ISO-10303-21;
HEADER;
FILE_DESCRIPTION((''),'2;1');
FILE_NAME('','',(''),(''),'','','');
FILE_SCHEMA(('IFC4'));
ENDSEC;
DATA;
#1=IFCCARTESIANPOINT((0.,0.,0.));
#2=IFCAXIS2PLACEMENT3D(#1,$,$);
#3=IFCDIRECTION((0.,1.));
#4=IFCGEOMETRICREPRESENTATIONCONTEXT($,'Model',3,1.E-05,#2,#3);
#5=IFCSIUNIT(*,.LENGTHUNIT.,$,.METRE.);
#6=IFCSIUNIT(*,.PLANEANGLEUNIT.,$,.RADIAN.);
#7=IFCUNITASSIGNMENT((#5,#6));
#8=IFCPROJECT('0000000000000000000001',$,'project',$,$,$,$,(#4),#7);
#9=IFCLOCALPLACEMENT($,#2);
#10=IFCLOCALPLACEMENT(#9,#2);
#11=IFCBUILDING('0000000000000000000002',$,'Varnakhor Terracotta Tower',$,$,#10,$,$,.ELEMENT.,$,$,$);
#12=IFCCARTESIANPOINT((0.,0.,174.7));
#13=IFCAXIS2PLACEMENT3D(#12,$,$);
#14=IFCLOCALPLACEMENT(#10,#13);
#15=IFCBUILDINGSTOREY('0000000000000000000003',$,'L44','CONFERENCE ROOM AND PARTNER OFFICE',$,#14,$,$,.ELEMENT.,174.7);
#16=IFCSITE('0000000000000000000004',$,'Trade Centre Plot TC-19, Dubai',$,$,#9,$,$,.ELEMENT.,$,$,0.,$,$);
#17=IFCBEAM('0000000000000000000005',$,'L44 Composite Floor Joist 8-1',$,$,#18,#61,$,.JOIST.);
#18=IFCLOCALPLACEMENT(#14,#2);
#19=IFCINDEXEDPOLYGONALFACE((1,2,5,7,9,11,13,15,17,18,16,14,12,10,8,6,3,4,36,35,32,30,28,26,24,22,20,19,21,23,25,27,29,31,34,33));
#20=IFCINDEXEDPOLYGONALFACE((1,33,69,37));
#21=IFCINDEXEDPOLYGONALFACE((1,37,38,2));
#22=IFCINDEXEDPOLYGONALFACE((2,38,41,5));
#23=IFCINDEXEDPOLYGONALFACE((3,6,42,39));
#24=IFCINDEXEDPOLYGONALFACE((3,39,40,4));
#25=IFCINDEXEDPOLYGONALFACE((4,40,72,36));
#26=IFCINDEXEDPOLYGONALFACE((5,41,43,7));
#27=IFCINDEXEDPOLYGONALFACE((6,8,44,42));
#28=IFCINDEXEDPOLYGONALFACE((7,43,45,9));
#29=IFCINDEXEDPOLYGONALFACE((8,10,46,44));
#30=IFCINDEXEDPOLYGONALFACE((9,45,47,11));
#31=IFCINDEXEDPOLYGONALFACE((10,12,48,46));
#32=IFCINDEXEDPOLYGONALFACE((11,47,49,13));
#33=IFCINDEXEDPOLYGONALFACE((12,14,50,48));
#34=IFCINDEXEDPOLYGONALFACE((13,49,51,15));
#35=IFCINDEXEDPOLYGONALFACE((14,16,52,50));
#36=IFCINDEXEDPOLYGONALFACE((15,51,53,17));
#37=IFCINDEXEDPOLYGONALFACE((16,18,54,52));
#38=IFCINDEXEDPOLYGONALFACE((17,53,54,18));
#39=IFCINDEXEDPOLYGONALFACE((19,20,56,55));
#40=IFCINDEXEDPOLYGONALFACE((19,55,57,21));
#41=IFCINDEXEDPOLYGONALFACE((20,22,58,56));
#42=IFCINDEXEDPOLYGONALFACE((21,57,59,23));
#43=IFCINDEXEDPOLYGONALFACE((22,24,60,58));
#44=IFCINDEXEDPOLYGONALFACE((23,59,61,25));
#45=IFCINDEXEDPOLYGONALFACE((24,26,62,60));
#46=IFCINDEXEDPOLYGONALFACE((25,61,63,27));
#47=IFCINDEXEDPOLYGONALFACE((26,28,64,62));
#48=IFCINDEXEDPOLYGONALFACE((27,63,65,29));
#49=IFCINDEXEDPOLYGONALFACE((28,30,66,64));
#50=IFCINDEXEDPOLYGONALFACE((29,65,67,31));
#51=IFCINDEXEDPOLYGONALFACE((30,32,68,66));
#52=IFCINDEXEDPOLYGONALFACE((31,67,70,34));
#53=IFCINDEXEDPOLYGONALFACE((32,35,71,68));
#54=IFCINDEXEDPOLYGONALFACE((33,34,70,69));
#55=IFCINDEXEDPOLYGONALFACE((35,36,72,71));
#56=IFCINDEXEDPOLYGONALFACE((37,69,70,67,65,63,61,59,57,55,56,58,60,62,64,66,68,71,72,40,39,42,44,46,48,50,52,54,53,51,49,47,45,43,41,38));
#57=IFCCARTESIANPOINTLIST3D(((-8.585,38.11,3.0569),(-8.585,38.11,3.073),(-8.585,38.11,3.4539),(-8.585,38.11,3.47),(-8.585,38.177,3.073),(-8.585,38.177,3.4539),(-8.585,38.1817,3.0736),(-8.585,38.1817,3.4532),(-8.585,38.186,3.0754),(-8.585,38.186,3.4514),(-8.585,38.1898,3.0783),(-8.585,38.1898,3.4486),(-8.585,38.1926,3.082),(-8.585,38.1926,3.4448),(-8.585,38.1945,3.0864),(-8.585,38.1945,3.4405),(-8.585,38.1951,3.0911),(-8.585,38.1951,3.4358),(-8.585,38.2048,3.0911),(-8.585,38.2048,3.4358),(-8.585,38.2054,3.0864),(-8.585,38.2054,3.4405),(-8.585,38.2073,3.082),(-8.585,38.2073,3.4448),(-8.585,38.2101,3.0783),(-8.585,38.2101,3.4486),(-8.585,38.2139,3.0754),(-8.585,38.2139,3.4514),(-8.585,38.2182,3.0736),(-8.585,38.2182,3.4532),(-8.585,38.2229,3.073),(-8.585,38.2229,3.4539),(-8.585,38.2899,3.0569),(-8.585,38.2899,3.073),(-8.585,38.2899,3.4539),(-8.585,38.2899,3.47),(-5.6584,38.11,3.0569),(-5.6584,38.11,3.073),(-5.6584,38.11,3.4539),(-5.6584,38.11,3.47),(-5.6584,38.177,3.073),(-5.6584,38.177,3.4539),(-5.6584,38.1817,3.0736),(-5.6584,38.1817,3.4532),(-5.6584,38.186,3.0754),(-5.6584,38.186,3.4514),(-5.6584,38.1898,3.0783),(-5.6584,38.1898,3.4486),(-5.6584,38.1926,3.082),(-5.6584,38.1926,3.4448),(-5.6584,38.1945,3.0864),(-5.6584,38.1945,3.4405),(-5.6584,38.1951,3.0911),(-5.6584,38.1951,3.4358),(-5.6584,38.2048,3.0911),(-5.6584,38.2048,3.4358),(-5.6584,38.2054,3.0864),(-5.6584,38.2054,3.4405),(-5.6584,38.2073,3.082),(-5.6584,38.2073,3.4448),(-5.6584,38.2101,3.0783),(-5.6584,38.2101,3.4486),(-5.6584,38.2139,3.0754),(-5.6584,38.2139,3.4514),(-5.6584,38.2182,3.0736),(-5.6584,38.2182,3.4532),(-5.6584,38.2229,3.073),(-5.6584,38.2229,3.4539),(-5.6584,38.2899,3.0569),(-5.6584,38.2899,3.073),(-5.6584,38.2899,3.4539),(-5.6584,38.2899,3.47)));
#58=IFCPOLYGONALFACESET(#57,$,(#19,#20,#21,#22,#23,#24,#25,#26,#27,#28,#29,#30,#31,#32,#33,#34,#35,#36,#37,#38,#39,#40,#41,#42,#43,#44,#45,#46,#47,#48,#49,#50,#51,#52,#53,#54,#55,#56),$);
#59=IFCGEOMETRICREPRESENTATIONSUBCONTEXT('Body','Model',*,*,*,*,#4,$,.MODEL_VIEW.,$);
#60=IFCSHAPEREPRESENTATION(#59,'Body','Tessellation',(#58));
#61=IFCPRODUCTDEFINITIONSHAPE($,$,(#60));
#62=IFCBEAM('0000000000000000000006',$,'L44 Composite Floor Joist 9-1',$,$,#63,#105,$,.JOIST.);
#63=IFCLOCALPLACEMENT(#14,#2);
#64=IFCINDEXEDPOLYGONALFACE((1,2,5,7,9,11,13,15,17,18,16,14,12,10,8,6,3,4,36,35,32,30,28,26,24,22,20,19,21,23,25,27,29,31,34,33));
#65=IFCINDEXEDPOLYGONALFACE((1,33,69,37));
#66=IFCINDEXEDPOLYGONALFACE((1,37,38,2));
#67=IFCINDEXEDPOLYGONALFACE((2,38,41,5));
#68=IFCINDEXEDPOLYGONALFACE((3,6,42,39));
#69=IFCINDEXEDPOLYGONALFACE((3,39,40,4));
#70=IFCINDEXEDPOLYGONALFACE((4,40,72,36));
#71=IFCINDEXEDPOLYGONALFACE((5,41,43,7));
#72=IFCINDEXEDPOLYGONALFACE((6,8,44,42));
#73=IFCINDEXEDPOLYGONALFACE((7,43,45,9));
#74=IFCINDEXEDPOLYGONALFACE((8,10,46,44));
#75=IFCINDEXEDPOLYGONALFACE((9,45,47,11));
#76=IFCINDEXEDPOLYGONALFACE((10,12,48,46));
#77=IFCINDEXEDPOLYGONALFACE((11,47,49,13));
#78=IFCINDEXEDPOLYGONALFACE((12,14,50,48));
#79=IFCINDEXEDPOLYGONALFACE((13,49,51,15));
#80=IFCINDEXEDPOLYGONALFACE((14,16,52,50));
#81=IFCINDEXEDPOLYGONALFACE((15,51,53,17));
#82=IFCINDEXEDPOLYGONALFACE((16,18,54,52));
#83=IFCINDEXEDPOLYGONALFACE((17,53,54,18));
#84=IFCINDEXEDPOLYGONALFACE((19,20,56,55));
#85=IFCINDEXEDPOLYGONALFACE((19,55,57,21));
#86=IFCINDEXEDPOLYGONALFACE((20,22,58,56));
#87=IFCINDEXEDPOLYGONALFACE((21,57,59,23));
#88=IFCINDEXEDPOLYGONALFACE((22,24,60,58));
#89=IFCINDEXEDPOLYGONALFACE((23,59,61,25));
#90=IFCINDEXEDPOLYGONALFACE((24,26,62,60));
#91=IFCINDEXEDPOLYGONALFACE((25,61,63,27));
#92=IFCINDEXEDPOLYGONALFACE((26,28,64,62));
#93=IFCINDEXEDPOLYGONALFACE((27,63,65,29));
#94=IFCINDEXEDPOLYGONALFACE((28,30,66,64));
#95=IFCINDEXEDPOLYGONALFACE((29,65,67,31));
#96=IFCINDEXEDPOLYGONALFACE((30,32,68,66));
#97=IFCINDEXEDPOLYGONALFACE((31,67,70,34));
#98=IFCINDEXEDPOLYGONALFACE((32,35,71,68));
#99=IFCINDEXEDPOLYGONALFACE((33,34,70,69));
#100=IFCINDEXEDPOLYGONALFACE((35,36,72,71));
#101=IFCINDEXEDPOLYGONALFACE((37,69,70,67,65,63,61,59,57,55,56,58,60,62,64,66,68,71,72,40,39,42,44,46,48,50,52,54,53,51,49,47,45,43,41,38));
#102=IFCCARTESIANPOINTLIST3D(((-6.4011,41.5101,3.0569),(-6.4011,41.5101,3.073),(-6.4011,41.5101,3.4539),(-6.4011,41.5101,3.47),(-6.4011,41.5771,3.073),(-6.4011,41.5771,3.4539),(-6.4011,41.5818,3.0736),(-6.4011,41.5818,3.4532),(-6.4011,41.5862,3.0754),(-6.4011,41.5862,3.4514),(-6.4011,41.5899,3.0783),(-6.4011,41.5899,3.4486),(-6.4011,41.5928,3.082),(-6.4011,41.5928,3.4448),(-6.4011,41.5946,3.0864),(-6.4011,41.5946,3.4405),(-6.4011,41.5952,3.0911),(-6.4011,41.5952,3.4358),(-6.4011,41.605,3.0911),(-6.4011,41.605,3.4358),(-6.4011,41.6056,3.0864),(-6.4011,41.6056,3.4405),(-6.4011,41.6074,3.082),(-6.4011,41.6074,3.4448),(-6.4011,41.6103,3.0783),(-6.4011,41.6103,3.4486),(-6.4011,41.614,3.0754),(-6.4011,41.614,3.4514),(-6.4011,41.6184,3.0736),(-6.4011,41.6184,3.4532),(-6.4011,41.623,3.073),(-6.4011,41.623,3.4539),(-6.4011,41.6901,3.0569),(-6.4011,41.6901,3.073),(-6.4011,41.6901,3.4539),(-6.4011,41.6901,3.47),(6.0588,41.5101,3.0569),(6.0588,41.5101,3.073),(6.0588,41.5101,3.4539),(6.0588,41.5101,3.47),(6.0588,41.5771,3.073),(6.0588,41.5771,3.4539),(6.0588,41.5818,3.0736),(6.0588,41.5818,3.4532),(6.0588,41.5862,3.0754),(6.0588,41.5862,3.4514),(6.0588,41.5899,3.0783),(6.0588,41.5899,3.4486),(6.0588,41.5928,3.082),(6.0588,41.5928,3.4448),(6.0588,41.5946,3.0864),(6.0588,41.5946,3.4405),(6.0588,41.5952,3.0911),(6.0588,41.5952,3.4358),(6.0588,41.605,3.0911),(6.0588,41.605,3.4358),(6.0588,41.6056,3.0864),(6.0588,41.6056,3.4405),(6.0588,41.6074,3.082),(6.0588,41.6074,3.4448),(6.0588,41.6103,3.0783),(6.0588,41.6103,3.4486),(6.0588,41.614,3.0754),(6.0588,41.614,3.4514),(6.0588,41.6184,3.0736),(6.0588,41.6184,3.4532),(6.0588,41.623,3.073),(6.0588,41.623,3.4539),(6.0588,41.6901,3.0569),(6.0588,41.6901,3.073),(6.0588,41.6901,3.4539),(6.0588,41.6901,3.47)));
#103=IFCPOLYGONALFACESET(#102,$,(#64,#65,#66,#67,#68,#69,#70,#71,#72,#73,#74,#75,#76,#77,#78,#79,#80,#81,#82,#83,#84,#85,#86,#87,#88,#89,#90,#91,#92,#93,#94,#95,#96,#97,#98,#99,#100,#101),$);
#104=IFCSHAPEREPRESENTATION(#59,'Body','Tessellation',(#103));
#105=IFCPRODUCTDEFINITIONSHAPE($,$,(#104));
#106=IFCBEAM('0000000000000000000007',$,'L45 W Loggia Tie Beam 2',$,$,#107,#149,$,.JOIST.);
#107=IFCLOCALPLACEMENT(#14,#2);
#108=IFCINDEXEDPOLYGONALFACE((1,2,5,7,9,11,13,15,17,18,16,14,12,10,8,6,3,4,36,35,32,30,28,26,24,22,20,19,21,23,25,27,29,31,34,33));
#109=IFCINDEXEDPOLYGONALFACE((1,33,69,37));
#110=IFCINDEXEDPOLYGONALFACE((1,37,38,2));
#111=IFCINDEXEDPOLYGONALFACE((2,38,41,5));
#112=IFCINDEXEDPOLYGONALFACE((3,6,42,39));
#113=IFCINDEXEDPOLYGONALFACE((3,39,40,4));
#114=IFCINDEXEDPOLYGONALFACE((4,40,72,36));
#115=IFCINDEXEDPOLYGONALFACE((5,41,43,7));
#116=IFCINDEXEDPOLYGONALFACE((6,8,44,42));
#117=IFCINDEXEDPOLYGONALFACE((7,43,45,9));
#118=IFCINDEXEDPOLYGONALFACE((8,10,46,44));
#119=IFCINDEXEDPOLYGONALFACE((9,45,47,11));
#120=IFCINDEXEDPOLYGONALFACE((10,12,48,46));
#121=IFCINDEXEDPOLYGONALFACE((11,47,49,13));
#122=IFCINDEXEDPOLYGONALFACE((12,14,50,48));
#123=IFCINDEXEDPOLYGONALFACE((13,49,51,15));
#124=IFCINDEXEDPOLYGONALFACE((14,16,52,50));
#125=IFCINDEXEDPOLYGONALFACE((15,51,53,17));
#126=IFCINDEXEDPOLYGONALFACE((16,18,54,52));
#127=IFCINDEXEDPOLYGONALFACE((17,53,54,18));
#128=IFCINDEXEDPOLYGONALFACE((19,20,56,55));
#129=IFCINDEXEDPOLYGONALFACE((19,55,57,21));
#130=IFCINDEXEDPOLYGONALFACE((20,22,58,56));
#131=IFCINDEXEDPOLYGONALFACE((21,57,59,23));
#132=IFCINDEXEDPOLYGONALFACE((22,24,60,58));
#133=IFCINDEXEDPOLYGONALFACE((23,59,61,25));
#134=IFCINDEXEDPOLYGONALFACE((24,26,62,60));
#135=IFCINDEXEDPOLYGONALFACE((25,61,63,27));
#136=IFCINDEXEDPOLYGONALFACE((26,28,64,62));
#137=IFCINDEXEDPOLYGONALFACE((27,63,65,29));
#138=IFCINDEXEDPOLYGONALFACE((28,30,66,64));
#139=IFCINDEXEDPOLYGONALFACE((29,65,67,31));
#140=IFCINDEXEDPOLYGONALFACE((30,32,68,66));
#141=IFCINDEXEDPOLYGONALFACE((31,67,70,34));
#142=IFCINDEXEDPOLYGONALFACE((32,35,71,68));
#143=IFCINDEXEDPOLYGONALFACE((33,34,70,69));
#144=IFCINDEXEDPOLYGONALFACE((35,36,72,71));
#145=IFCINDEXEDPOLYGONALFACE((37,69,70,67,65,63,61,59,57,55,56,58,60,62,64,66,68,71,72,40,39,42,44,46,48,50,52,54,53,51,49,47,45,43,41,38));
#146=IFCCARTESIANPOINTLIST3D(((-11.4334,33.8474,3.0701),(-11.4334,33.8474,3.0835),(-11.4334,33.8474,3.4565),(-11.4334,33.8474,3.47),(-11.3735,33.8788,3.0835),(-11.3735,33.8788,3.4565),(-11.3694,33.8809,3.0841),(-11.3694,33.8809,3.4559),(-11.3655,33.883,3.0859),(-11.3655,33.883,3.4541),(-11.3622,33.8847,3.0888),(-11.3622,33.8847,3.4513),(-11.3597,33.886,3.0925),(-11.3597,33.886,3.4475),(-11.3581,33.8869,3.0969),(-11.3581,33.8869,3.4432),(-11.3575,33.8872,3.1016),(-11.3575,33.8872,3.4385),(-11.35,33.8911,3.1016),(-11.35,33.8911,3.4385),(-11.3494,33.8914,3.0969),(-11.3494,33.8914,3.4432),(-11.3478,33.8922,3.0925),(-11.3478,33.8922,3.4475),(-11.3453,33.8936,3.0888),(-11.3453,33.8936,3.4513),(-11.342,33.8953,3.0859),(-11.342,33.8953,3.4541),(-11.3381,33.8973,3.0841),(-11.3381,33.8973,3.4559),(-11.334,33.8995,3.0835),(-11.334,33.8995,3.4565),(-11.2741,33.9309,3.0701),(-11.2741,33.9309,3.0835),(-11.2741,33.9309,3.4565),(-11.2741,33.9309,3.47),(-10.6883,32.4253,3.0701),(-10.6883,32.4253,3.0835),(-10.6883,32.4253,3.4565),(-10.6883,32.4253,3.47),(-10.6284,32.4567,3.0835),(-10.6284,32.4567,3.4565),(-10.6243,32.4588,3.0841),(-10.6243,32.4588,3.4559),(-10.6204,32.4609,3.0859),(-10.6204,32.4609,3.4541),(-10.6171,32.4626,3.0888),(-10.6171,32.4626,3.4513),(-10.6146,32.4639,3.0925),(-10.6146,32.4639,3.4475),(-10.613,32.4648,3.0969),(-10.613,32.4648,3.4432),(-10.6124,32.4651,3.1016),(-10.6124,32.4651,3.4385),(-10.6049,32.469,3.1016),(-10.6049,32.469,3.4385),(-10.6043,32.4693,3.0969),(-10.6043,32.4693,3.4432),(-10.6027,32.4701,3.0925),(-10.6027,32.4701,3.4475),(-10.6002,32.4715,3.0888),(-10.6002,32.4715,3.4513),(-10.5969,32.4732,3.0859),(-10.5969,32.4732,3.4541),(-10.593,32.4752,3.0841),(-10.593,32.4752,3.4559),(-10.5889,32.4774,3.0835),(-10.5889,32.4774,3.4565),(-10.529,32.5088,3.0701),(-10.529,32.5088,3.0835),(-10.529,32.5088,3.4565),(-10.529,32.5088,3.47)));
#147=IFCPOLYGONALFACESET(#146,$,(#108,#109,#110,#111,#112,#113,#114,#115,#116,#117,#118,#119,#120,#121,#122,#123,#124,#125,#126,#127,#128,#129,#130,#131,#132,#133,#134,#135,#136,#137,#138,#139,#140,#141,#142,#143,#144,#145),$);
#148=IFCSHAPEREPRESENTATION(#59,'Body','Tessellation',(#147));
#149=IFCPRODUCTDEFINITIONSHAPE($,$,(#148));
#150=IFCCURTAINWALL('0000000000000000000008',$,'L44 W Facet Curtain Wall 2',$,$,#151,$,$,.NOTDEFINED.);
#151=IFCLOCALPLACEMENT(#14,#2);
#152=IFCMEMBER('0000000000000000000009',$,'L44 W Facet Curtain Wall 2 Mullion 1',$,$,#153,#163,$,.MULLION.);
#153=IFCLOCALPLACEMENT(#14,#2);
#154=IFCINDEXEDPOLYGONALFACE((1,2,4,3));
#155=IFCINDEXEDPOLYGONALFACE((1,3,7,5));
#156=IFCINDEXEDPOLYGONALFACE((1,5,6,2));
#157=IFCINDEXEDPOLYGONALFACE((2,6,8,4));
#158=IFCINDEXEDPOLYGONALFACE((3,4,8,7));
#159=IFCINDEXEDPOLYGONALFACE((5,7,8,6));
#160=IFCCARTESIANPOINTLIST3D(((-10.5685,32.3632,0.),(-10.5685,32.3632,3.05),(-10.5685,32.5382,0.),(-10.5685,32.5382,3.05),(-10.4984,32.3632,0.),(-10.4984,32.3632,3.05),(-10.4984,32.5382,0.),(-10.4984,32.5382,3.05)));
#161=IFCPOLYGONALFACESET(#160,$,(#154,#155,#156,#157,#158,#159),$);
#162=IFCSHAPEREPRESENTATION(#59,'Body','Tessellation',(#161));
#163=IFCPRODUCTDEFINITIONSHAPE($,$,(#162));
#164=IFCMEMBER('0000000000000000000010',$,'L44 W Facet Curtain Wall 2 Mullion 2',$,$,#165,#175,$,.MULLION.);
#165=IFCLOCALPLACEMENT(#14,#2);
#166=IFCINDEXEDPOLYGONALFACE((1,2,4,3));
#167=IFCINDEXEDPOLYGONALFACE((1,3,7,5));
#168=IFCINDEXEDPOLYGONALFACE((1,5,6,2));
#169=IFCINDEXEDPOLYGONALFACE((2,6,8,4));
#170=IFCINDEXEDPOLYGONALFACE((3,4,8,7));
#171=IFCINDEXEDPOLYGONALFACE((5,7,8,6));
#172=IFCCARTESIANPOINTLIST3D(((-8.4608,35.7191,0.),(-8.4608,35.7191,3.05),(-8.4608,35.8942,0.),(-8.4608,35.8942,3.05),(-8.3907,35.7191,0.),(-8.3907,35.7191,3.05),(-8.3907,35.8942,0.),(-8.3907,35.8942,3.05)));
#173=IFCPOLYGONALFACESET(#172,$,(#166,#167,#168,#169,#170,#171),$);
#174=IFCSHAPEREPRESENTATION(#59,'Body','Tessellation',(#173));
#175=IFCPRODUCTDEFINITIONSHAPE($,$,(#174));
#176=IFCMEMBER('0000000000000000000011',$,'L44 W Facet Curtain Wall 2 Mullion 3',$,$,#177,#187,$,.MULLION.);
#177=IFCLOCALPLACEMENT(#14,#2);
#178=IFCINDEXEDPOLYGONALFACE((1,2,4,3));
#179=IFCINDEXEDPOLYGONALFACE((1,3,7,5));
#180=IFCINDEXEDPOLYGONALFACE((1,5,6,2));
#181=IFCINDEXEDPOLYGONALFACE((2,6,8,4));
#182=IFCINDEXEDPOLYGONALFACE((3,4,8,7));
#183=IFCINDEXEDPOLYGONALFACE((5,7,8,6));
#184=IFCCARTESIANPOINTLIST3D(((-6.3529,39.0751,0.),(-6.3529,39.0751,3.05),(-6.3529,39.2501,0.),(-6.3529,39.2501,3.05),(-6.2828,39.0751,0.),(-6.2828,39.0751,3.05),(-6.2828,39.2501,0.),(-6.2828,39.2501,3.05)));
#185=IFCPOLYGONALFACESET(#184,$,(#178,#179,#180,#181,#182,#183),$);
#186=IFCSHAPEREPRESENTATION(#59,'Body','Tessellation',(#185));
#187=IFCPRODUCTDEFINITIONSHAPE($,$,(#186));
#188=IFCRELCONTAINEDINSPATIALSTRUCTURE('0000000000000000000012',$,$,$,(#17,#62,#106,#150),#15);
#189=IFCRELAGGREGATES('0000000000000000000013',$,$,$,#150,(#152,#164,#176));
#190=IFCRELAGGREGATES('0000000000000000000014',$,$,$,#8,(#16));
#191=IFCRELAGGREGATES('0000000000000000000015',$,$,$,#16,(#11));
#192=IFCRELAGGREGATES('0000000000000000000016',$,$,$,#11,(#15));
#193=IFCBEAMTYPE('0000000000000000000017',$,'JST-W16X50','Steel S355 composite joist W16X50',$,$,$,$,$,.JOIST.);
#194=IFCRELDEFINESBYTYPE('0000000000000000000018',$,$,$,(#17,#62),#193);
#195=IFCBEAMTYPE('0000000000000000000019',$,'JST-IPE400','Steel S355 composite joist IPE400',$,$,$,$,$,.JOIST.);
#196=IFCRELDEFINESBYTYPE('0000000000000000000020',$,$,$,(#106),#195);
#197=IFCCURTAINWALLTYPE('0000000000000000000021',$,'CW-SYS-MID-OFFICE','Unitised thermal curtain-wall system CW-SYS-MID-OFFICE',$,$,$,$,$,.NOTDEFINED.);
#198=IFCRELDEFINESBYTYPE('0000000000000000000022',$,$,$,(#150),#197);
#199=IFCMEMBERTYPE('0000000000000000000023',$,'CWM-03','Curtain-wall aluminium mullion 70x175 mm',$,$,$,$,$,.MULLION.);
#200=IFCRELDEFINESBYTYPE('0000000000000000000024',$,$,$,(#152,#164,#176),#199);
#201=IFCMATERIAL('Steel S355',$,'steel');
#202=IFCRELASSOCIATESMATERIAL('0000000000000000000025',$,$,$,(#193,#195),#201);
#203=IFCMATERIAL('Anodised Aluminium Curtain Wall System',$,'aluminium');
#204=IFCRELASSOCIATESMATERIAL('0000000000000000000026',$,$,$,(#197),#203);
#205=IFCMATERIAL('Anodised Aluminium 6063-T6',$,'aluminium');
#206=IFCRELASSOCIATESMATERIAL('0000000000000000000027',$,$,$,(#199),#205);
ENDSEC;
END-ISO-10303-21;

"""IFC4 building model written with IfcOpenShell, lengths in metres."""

from ifc_helpers import new_model, si_unit, direction, frame, origin, origin_2d, place, context, subcontext, project, spatial, rectangle, i_section, extrude, source, transform, mapped, material, material_profile, profile_set, type_object, element, aggregate, save


model = new_model("IFC4")

# Units and contexts
model_context = context("Model", 3, precision=1e-05, world=origin(), true_north=direction((0.0, 1.0)))
body_context = subcontext(model_context, "Body", "Model", "MODEL_VIEW")
ifc_project = project(units=[si_unit("LENGTHUNIT", "METRE"), si_unit("PLANEANGLEUNIT", "RADIAN")], contexts=[model_context])

# Site, building, storey
site_placement = place(None, origin())
site = spatial("IfcSite", under=ifc_project, at=site_placement, Name="Trade Centre Plot TC-19, Dubai", CompositionType="ELEMENT", RefElevation=0.0)
building_placement = place(site_placement, origin())
building = spatial("IfcBuilding", under=site, at=building_placement, Name="Varnakhor Terracotta Tower", CompositionType="ELEMENT")
storey_placement = place(building_placement, frame((0.0, 0.0, 174.7)))
storey = spatial("IfcBuildingStorey", under=building, at=storey_placement, Name="L44", Description="CONFERENCE ROOM AND PARTNER OFFICE", CompositionType="ELEMENT", Elevation=174.7)

# Beams
ifc_material_1 = material(Name="Steel S355", Category="steel")
ifc_material_profile_1 = material_profile(ifc_material_1, i_section(OverallWidth=0.1799, OverallDepth=0.4131, WebThickness=0.0098, FlangeThickness=0.0161, FilletRadius=0.0181, at=origin_2d()), Name="W16X50")
ifc_profile_set_1 = profile_set([ifc_material_profile_1], Name="Steel S355")
beam_type_1 = type_object("IfcBeamType", Name="JST-W16X50", Description="Steel S355 composite joist W16X50", PredefinedType="JOIST", material=ifc_profile_set_1)
ifc_material_profile_2 = material_profile(ifc_material_1, i_section(OverallWidth=0.1799, OverallDepth=0.3999, WebThickness=0.0085, FlangeThickness=0.0134, FilletRadius=0.0181, at=origin_2d()), Name="IPE400")
ifc_profile_set_2 = profile_set([ifc_material_profile_2], Name="Steel S355")
beam_type_2 = type_object("IfcBeamType", Name="JST-IPE400", Description="Steel S355 composite joist IPE400", PredefinedType="JOIST", material=ifc_profile_set_2)
shared_shape_1 = source(origin(), body_context, "Body", "SweptSolid", [
    extrude(i_section(OverallWidth=0.1799, OverallDepth=0.4131, WebThickness=0.0098, FlangeThickness=0.0161, FilletRadius=0.0181, at=origin_2d()), origin(), (0.0, 0.0, 1.0), 2.9265),
])
beam_1_placement = place(storey_placement, frame((-8.585, 38.2, 3.2634), z_axis=(1.0, 0.0, 0.0), x_axis=(0.0, 1.0, 0.0)))
element("IfcBeam", 1, at=beam_1_placement, inside=storey, type_object=beam_type_1, Name="L44 Composite Floor Joist 8-1", PredefinedType="JOIST", context=body_context, shape_type="MappedRepresentation", body=[
    mapped(shared_shape_1, transform((0.0, 0.0, 0.0), scale=1.0)),
])
shared_shape_2 = source(origin(), body_context, "Body", "SweptSolid", [
    extrude(i_section(OverallWidth=0.1799, OverallDepth=0.4131, WebThickness=0.0098, FlangeThickness=0.0161, FilletRadius=0.0181, at=origin_2d()), origin(), (0.0, 0.0, 1.0), 12.46),
])
beam_2_placement = place(storey_placement, frame((-6.4011, 41.6001, 3.2634), z_axis=(1.0, 0.0, 0.0), x_axis=(0.0, 1.0, 0.0)))
element("IfcBeam", 2, at=beam_2_placement, inside=storey, type_object=beam_type_1, Name="L44 Composite Floor Joist 9-1", PredefinedType="JOIST", context=body_context, shape_type="MappedRepresentation", body=[
    mapped(shared_shape_2, transform((0.0, 0.0, 0.0), scale=1.0)),
])
shared_shape_3 = source(origin(), body_context, "Body", "SweptSolid", [
    extrude(i_section(OverallWidth=0.1799, OverallDepth=0.3999, WebThickness=0.0085, FlangeThickness=0.0134, FilletRadius=0.0181, at=origin_2d()), origin(), (0.0, 0.0, 1.0), 1.6055),
])
beam_3_placement = place(storey_placement, frame((-10.6086, 32.467, 3.27), z_axis=(-0.464104, 0.885781, 0.0), x_axis=(-0.885781, -0.464104, 0.0)))
element("IfcBeam", 3, at=beam_3_placement, inside=storey, type_object=beam_type_2, Name="L45 W Loggia Tie Beam 2", PredefinedType="JOIST", context=body_context, shape_type="MappedRepresentation", body=[
    mapped(shared_shape_3, transform((0.0, 0.0, 0.0), scale=1.0)),
])

# Curtain wall, members
ifc_material_2 = material(Name="Anodised Aluminium Curtain Wall System", Category="aluminium")
curtain_wall_type = type_object("IfcCurtainWallType", Name="CW-SYS-MID-OFFICE", Description="Unitised thermal curtain-wall system CW-SYS-MID-OFFICE", PredefinedType="NOTDEFINED", material=ifc_material_2)
curtain_wall_1_placement = place(storey_placement, origin())
curtain_wall_1 = element("IfcCurtainWall", 4, at=curtain_wall_1_placement, inside=storey, type_object=curtain_wall_type, Name="L44 W Facet Curtain Wall 2", PredefinedType="NOTDEFINED")
ifc_material_3 = material(Name="Anodised Aluminium 6063-T6", Category="aluminium")
ifc_material_profile_3 = material_profile(ifc_material_3, rectangle(XDim=0.0701, YDim=0.175, at=origin_2d()), Name="ALU MULLION 70x175")
ifc_profile_set_3 = profile_set([ifc_material_profile_3], Name="Anodised Aluminium 6063-T6")
member_type_1 = type_object("IfcMemberType", Name="CWM-03", Description="Curtain-wall aluminium mullion 70x175 mm", PredefinedType="MULLION", material=ifc_profile_set_3)
shared_shape_4 = source(origin(), body_context, "Body", "SweptSolid", [
    extrude(rectangle(XDim=0.0701, YDim=0.175, at=origin_2d()), origin(), (0.0, 0.0, 1.0), 3.05),
])
member_1_placement = place(storey_placement, frame((-10.5334, 32.4507, 0.0), z_axis=(0.0, 0.0, 1.0), x_axis=(1.0, 0.0, 0.0)))
member_1 = element("IfcMember", 5, at=member_1_placement, type_object=member_type_1, Name="L44 W Facet Curtain Wall 2 Mullion 1", PredefinedType="MULLION", context=body_context, shape_type="MappedRepresentation", body=[
    mapped(shared_shape_4, transform((0.0, 0.0, 0.0), scale=1.0)),
])
member_2_placement = place(storey_placement, frame((-8.4258, 35.8066, 0.0), z_axis=(0.0, 0.0, 1.0), x_axis=(1.0, 0.0, 0.0)))
member_2 = element("IfcMember", 6, at=member_2_placement, type_object=member_type_1, Name="L44 W Facet Curtain Wall 2 Mullion 2", PredefinedType="MULLION", context=body_context, shape_type="MappedRepresentation", body=[
    mapped(shared_shape_4, transform((0.0, 0.0, 0.0), scale=1.0)),
])
member_3_placement = place(storey_placement, frame((-6.3179, 39.1626, 0.0), z_axis=(0.0, 0.0, 1.0), x_axis=(1.0, 0.0, 0.0)))
member_3 = element("IfcMember", 7, at=member_3_placement, type_object=member_type_1, Name="L44 W Facet Curtain Wall 2 Mullion 3", PredefinedType="MULLION", context=body_context, shape_type="MappedRepresentation", body=[
    mapped(shared_shape_4, transform((0.0, 0.0, 0.0), scale=1.0)),
])

aggregate(curtain_wall_1, [member_1, member_2, member_3])

save(model, "model.ifc")
